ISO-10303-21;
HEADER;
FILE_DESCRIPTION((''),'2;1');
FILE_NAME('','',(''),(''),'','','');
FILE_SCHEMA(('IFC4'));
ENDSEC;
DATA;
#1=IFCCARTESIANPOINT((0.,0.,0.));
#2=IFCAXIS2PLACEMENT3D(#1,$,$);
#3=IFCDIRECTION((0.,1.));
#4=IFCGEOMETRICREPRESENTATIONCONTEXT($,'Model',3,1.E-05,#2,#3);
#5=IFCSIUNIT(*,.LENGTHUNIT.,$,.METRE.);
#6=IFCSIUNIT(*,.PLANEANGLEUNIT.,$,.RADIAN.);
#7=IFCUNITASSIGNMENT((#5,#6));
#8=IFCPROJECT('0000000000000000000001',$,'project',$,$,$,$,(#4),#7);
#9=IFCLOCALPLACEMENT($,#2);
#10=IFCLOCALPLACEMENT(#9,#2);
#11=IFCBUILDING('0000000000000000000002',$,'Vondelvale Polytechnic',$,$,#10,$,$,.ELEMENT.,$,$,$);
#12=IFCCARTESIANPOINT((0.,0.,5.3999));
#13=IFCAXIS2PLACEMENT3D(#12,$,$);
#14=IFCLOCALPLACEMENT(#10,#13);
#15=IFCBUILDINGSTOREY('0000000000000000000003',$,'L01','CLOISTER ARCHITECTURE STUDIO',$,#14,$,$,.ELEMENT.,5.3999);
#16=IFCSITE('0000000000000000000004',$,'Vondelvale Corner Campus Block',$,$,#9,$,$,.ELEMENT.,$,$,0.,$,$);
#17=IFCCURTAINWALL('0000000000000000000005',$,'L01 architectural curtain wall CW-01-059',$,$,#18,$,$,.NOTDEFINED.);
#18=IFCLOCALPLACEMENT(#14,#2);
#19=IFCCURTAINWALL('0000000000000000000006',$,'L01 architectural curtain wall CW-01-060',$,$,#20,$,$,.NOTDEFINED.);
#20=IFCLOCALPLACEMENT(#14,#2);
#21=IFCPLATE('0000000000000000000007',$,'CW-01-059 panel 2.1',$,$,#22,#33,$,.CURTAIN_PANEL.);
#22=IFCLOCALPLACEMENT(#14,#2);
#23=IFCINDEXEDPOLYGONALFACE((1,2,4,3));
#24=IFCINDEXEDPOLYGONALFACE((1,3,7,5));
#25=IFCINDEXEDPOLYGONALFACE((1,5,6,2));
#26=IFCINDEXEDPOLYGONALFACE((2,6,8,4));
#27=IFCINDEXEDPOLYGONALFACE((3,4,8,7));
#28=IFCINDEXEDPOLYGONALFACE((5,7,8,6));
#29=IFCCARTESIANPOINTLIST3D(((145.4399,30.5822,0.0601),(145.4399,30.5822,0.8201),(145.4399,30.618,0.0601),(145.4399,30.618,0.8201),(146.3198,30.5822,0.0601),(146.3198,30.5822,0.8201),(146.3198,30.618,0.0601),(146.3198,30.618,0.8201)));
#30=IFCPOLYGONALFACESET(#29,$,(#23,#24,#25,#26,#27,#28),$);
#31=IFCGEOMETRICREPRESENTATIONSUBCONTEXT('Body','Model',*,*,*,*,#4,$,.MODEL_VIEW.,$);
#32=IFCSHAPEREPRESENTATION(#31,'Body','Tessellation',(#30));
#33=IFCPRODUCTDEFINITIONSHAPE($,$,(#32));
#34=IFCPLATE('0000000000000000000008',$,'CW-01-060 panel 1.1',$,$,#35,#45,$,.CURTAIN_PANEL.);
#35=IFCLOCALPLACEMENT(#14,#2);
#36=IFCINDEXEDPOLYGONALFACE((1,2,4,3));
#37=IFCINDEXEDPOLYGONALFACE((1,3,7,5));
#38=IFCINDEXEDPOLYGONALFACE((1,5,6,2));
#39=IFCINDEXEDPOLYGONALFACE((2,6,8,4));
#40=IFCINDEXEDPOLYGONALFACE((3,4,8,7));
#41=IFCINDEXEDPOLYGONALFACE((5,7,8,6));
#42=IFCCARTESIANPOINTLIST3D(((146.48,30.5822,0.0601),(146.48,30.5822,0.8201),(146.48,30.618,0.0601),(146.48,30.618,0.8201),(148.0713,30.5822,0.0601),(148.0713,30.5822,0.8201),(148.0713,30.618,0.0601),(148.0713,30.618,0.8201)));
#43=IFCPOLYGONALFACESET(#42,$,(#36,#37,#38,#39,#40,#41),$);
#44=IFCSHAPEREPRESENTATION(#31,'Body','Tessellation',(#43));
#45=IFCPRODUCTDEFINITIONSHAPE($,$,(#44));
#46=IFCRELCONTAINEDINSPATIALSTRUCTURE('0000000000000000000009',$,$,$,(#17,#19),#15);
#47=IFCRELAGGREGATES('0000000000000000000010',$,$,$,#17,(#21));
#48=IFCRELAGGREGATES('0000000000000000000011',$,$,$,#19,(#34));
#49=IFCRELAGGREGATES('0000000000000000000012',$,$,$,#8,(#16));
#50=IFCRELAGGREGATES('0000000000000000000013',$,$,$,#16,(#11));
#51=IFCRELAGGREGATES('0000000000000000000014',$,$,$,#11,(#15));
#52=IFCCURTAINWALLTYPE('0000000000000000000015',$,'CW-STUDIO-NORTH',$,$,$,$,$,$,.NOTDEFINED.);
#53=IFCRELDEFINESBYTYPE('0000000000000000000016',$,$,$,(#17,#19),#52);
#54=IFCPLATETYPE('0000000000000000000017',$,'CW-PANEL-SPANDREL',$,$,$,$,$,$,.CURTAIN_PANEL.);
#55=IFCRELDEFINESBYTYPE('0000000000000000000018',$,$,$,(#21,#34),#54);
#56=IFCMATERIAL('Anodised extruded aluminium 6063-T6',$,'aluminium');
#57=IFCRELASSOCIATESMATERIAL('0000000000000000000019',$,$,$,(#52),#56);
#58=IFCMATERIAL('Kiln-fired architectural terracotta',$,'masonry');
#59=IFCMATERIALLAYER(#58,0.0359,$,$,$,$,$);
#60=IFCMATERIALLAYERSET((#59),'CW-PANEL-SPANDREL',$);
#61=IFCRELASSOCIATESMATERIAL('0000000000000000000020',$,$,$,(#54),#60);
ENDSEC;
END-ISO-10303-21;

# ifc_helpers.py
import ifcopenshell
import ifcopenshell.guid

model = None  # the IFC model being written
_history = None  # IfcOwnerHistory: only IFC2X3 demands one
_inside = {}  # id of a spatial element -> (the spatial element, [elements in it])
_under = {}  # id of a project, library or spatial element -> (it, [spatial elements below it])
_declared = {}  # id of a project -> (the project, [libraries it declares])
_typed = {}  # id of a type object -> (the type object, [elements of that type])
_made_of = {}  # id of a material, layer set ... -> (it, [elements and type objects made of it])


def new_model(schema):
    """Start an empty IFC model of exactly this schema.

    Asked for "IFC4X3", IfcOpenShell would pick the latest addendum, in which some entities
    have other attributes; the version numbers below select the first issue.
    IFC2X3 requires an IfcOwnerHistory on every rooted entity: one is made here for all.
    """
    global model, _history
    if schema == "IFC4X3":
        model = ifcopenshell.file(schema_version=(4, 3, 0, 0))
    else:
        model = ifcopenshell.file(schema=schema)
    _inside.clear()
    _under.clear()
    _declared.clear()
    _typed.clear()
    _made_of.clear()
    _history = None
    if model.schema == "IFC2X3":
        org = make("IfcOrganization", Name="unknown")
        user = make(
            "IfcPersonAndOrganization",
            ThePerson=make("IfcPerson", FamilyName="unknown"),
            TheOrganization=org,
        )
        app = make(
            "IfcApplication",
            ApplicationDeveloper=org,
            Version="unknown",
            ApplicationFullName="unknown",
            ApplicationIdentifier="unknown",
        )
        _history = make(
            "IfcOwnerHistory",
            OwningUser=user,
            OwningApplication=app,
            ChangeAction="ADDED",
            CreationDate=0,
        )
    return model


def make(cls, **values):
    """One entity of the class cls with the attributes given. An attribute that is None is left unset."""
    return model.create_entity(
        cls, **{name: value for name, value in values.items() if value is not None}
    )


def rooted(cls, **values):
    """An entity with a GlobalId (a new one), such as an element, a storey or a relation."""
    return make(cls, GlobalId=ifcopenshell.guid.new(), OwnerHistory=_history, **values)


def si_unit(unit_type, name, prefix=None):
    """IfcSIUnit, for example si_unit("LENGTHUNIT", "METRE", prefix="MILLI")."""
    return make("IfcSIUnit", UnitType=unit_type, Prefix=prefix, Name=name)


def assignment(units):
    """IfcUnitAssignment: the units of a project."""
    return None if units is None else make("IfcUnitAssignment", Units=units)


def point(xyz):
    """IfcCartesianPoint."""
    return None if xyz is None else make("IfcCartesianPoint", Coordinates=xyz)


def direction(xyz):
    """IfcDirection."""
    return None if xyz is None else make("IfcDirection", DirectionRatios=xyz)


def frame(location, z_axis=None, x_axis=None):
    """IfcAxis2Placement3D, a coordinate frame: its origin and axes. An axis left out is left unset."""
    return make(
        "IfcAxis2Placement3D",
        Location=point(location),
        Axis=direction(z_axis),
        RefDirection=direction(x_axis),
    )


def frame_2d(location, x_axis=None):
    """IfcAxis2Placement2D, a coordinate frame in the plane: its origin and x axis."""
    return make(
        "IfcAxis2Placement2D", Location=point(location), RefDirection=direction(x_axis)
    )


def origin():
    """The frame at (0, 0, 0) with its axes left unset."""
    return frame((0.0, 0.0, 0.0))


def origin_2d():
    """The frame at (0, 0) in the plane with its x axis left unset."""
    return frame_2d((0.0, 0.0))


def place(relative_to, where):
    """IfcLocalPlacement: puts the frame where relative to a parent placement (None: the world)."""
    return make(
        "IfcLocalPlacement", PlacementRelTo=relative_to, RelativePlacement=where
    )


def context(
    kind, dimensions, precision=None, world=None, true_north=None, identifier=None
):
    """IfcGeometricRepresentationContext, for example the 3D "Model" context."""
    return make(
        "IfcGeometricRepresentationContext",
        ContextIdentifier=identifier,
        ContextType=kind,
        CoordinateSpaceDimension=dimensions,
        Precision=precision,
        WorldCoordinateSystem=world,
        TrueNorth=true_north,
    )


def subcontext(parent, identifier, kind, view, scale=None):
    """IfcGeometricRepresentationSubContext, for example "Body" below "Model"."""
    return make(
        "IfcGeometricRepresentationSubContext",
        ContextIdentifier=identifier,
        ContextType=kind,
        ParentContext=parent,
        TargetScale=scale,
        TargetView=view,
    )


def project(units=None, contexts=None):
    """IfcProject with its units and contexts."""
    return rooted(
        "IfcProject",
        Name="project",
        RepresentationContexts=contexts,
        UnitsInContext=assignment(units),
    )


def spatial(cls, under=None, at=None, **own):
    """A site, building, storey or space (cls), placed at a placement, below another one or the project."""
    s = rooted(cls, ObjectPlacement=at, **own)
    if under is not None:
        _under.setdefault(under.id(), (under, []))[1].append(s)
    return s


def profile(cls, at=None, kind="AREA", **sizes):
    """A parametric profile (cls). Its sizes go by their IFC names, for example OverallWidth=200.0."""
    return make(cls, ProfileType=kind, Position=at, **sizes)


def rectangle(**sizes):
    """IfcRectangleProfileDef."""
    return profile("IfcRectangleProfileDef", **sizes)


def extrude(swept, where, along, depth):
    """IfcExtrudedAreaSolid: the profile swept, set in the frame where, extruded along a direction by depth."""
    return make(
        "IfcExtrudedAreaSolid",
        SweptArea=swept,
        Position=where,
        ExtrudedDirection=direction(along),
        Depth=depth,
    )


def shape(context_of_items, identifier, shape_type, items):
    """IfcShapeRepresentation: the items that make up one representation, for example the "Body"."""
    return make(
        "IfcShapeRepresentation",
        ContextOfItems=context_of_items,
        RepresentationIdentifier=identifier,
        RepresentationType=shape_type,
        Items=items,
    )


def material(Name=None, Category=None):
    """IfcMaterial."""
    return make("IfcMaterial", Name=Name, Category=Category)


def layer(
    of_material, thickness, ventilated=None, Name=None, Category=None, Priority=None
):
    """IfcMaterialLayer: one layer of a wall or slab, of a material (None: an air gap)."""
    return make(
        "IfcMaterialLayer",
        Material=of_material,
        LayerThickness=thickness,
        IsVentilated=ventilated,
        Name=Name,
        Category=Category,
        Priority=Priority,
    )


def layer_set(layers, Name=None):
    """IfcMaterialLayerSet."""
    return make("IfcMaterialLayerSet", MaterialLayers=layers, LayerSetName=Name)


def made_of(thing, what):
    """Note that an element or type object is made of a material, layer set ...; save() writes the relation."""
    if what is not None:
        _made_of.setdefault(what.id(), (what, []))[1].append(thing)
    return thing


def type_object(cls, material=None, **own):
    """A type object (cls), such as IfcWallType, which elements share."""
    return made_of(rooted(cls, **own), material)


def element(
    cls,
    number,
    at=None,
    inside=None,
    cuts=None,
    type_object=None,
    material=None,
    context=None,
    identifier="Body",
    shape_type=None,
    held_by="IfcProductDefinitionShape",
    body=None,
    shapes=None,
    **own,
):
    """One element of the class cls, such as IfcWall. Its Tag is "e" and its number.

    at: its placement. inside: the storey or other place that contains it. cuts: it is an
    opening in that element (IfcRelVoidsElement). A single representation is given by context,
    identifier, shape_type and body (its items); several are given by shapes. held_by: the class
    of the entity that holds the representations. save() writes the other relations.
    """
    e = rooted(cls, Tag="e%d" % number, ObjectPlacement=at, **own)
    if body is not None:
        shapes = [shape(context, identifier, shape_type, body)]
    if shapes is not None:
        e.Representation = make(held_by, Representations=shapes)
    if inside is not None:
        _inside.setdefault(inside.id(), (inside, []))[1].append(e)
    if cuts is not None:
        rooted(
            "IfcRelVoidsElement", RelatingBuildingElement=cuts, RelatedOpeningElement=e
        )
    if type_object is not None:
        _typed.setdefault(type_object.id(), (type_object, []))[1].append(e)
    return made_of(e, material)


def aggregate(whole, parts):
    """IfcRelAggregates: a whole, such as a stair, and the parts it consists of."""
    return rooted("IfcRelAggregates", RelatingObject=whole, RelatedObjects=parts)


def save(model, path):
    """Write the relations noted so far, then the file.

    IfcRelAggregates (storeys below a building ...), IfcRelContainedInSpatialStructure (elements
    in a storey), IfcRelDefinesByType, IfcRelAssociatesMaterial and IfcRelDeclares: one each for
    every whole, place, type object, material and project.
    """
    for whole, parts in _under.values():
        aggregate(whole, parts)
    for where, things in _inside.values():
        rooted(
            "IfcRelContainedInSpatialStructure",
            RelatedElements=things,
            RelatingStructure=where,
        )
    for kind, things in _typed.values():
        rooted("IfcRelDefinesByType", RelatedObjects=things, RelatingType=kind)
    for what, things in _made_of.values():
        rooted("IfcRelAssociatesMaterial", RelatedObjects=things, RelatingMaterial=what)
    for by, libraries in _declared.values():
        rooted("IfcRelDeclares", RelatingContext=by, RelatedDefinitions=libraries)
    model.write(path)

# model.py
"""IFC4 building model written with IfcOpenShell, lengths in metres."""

from ifc_helpers import new_model, si_unit, direction, frame, origin, origin_2d, place, context, subcontext, project, spatial, rectangle, extrude, material, layer, layer_set, type_object, element, aggregate, save


model = new_model("IFC4")

# Units and contexts
model_context = context("Model", 3, precision=1e-05, world=origin(), true_north=direction((0.0, 1.0)))
body_context = subcontext(model_context, "Body", "Model", "MODEL_VIEW")
ifc_project = project(units=[si_unit("LENGTHUNIT", "METRE"), si_unit("PLANEANGLEUNIT", "RADIAN")], contexts=[model_context])

# Site, building, storey
site_placement = place(None, origin())
site = spatial("IfcSite", under=ifc_project, at=site_placement, Name="Vondelvale Corner Campus Block", CompositionType="ELEMENT", RefElevation=0.0)
building_placement = place(site_placement, origin())
building = spatial("IfcBuilding", under=site, at=building_placement, Name="Vondelvale Polytechnic", CompositionType="ELEMENT")
storey_placement = place(building_placement, frame((0.0, 0.0, 5.3999)))
storey = spatial("IfcBuildingStorey", under=building, at=storey_placement, Name="L01", Description="CLOISTER ARCHITECTURE STUDIO", CompositionType="ELEMENT", Elevation=5.3999)

# Shared definitions
ifc_material_1 = material(Name="Anodised extruded aluminium 6063-T6", Category="aluminium")
curtain_wall_type = type_object("IfcCurtainWallType", Name="CW-STUDIO-NORTH", PredefinedType="NOTDEFINED", material=ifc_material_1)

# Curtain wall
curtain_wall_1_placement = place(storey_placement, origin())
curtain_wall_1 = element("IfcCurtainWall", 1, at=curtain_wall_1_placement, inside=storey, type_object=curtain_wall_type, Name="L01 architectural curtain wall CW-01-059", PredefinedType="NOTDEFINED")

# Curtain wall
curtain_wall_2_placement = place(storey_placement, origin())
curtain_wall_2 = element("IfcCurtainWall", 2, at=curtain_wall_2_placement, inside=storey, type_object=curtain_wall_type, Name="L01 architectural curtain wall CW-01-060", PredefinedType="NOTDEFINED")

# Plates
ifc_material_2 = material(Name="Kiln-fired architectural terracotta", Category="masonry")
ifc_layer_1 = layer(ifc_material_2, 0.0359)
ifc_layer_set_1 = layer_set([ifc_layer_1], Name="CW-PANEL-SPANDREL")
plate_type_1 = type_object("IfcPlateType", Name="CW-PANEL-SPANDREL", PredefinedType="CURTAIN_PANEL", material=ifc_layer_set_1)
plate_1_placement = place(storey_placement, frame((145.8799, 30.6001, 0.0601), z_axis=(0.0, 0.0, 1.0), x_axis=(1.0, 0.0, 0.0)))
plate_1 = element("IfcPlate", 3, at=plate_1_placement, type_object=plate_type_1, Name="CW-01-059 panel 2.1", PredefinedType="CURTAIN_PANEL", context=body_context, shape_type="SweptSolid", body=[
    extrude(rectangle(XDim=0.8799, YDim=0.0359, at=origin_2d()), origin(), (0.0, 0.0, 1.0), 0.76),
])
aggregate(curtain_wall_1, [plate_1])
plate_2_placement = place(storey_placement, frame((147.2756, 30.6001, 0.0601), z_axis=(0.0, 0.0, 1.0), x_axis=(1.0, 0.0, 0.0)))
plate_2 = element("IfcPlate", 4, at=plate_2_placement, type_object=plate_type_1, Name="CW-01-060 panel 1.1", PredefinedType="CURTAIN_PANEL", context=body_context, shape_type="SweptSolid", body=[
    extrude(rectangle(XDim=1.5913, YDim=0.0359, at=origin_2d()), origin(), (0.0, 0.0, 1.0), 0.76),
])
aggregate(curtain_wall_2, [plate_2])

save(model, "model.ifc")
